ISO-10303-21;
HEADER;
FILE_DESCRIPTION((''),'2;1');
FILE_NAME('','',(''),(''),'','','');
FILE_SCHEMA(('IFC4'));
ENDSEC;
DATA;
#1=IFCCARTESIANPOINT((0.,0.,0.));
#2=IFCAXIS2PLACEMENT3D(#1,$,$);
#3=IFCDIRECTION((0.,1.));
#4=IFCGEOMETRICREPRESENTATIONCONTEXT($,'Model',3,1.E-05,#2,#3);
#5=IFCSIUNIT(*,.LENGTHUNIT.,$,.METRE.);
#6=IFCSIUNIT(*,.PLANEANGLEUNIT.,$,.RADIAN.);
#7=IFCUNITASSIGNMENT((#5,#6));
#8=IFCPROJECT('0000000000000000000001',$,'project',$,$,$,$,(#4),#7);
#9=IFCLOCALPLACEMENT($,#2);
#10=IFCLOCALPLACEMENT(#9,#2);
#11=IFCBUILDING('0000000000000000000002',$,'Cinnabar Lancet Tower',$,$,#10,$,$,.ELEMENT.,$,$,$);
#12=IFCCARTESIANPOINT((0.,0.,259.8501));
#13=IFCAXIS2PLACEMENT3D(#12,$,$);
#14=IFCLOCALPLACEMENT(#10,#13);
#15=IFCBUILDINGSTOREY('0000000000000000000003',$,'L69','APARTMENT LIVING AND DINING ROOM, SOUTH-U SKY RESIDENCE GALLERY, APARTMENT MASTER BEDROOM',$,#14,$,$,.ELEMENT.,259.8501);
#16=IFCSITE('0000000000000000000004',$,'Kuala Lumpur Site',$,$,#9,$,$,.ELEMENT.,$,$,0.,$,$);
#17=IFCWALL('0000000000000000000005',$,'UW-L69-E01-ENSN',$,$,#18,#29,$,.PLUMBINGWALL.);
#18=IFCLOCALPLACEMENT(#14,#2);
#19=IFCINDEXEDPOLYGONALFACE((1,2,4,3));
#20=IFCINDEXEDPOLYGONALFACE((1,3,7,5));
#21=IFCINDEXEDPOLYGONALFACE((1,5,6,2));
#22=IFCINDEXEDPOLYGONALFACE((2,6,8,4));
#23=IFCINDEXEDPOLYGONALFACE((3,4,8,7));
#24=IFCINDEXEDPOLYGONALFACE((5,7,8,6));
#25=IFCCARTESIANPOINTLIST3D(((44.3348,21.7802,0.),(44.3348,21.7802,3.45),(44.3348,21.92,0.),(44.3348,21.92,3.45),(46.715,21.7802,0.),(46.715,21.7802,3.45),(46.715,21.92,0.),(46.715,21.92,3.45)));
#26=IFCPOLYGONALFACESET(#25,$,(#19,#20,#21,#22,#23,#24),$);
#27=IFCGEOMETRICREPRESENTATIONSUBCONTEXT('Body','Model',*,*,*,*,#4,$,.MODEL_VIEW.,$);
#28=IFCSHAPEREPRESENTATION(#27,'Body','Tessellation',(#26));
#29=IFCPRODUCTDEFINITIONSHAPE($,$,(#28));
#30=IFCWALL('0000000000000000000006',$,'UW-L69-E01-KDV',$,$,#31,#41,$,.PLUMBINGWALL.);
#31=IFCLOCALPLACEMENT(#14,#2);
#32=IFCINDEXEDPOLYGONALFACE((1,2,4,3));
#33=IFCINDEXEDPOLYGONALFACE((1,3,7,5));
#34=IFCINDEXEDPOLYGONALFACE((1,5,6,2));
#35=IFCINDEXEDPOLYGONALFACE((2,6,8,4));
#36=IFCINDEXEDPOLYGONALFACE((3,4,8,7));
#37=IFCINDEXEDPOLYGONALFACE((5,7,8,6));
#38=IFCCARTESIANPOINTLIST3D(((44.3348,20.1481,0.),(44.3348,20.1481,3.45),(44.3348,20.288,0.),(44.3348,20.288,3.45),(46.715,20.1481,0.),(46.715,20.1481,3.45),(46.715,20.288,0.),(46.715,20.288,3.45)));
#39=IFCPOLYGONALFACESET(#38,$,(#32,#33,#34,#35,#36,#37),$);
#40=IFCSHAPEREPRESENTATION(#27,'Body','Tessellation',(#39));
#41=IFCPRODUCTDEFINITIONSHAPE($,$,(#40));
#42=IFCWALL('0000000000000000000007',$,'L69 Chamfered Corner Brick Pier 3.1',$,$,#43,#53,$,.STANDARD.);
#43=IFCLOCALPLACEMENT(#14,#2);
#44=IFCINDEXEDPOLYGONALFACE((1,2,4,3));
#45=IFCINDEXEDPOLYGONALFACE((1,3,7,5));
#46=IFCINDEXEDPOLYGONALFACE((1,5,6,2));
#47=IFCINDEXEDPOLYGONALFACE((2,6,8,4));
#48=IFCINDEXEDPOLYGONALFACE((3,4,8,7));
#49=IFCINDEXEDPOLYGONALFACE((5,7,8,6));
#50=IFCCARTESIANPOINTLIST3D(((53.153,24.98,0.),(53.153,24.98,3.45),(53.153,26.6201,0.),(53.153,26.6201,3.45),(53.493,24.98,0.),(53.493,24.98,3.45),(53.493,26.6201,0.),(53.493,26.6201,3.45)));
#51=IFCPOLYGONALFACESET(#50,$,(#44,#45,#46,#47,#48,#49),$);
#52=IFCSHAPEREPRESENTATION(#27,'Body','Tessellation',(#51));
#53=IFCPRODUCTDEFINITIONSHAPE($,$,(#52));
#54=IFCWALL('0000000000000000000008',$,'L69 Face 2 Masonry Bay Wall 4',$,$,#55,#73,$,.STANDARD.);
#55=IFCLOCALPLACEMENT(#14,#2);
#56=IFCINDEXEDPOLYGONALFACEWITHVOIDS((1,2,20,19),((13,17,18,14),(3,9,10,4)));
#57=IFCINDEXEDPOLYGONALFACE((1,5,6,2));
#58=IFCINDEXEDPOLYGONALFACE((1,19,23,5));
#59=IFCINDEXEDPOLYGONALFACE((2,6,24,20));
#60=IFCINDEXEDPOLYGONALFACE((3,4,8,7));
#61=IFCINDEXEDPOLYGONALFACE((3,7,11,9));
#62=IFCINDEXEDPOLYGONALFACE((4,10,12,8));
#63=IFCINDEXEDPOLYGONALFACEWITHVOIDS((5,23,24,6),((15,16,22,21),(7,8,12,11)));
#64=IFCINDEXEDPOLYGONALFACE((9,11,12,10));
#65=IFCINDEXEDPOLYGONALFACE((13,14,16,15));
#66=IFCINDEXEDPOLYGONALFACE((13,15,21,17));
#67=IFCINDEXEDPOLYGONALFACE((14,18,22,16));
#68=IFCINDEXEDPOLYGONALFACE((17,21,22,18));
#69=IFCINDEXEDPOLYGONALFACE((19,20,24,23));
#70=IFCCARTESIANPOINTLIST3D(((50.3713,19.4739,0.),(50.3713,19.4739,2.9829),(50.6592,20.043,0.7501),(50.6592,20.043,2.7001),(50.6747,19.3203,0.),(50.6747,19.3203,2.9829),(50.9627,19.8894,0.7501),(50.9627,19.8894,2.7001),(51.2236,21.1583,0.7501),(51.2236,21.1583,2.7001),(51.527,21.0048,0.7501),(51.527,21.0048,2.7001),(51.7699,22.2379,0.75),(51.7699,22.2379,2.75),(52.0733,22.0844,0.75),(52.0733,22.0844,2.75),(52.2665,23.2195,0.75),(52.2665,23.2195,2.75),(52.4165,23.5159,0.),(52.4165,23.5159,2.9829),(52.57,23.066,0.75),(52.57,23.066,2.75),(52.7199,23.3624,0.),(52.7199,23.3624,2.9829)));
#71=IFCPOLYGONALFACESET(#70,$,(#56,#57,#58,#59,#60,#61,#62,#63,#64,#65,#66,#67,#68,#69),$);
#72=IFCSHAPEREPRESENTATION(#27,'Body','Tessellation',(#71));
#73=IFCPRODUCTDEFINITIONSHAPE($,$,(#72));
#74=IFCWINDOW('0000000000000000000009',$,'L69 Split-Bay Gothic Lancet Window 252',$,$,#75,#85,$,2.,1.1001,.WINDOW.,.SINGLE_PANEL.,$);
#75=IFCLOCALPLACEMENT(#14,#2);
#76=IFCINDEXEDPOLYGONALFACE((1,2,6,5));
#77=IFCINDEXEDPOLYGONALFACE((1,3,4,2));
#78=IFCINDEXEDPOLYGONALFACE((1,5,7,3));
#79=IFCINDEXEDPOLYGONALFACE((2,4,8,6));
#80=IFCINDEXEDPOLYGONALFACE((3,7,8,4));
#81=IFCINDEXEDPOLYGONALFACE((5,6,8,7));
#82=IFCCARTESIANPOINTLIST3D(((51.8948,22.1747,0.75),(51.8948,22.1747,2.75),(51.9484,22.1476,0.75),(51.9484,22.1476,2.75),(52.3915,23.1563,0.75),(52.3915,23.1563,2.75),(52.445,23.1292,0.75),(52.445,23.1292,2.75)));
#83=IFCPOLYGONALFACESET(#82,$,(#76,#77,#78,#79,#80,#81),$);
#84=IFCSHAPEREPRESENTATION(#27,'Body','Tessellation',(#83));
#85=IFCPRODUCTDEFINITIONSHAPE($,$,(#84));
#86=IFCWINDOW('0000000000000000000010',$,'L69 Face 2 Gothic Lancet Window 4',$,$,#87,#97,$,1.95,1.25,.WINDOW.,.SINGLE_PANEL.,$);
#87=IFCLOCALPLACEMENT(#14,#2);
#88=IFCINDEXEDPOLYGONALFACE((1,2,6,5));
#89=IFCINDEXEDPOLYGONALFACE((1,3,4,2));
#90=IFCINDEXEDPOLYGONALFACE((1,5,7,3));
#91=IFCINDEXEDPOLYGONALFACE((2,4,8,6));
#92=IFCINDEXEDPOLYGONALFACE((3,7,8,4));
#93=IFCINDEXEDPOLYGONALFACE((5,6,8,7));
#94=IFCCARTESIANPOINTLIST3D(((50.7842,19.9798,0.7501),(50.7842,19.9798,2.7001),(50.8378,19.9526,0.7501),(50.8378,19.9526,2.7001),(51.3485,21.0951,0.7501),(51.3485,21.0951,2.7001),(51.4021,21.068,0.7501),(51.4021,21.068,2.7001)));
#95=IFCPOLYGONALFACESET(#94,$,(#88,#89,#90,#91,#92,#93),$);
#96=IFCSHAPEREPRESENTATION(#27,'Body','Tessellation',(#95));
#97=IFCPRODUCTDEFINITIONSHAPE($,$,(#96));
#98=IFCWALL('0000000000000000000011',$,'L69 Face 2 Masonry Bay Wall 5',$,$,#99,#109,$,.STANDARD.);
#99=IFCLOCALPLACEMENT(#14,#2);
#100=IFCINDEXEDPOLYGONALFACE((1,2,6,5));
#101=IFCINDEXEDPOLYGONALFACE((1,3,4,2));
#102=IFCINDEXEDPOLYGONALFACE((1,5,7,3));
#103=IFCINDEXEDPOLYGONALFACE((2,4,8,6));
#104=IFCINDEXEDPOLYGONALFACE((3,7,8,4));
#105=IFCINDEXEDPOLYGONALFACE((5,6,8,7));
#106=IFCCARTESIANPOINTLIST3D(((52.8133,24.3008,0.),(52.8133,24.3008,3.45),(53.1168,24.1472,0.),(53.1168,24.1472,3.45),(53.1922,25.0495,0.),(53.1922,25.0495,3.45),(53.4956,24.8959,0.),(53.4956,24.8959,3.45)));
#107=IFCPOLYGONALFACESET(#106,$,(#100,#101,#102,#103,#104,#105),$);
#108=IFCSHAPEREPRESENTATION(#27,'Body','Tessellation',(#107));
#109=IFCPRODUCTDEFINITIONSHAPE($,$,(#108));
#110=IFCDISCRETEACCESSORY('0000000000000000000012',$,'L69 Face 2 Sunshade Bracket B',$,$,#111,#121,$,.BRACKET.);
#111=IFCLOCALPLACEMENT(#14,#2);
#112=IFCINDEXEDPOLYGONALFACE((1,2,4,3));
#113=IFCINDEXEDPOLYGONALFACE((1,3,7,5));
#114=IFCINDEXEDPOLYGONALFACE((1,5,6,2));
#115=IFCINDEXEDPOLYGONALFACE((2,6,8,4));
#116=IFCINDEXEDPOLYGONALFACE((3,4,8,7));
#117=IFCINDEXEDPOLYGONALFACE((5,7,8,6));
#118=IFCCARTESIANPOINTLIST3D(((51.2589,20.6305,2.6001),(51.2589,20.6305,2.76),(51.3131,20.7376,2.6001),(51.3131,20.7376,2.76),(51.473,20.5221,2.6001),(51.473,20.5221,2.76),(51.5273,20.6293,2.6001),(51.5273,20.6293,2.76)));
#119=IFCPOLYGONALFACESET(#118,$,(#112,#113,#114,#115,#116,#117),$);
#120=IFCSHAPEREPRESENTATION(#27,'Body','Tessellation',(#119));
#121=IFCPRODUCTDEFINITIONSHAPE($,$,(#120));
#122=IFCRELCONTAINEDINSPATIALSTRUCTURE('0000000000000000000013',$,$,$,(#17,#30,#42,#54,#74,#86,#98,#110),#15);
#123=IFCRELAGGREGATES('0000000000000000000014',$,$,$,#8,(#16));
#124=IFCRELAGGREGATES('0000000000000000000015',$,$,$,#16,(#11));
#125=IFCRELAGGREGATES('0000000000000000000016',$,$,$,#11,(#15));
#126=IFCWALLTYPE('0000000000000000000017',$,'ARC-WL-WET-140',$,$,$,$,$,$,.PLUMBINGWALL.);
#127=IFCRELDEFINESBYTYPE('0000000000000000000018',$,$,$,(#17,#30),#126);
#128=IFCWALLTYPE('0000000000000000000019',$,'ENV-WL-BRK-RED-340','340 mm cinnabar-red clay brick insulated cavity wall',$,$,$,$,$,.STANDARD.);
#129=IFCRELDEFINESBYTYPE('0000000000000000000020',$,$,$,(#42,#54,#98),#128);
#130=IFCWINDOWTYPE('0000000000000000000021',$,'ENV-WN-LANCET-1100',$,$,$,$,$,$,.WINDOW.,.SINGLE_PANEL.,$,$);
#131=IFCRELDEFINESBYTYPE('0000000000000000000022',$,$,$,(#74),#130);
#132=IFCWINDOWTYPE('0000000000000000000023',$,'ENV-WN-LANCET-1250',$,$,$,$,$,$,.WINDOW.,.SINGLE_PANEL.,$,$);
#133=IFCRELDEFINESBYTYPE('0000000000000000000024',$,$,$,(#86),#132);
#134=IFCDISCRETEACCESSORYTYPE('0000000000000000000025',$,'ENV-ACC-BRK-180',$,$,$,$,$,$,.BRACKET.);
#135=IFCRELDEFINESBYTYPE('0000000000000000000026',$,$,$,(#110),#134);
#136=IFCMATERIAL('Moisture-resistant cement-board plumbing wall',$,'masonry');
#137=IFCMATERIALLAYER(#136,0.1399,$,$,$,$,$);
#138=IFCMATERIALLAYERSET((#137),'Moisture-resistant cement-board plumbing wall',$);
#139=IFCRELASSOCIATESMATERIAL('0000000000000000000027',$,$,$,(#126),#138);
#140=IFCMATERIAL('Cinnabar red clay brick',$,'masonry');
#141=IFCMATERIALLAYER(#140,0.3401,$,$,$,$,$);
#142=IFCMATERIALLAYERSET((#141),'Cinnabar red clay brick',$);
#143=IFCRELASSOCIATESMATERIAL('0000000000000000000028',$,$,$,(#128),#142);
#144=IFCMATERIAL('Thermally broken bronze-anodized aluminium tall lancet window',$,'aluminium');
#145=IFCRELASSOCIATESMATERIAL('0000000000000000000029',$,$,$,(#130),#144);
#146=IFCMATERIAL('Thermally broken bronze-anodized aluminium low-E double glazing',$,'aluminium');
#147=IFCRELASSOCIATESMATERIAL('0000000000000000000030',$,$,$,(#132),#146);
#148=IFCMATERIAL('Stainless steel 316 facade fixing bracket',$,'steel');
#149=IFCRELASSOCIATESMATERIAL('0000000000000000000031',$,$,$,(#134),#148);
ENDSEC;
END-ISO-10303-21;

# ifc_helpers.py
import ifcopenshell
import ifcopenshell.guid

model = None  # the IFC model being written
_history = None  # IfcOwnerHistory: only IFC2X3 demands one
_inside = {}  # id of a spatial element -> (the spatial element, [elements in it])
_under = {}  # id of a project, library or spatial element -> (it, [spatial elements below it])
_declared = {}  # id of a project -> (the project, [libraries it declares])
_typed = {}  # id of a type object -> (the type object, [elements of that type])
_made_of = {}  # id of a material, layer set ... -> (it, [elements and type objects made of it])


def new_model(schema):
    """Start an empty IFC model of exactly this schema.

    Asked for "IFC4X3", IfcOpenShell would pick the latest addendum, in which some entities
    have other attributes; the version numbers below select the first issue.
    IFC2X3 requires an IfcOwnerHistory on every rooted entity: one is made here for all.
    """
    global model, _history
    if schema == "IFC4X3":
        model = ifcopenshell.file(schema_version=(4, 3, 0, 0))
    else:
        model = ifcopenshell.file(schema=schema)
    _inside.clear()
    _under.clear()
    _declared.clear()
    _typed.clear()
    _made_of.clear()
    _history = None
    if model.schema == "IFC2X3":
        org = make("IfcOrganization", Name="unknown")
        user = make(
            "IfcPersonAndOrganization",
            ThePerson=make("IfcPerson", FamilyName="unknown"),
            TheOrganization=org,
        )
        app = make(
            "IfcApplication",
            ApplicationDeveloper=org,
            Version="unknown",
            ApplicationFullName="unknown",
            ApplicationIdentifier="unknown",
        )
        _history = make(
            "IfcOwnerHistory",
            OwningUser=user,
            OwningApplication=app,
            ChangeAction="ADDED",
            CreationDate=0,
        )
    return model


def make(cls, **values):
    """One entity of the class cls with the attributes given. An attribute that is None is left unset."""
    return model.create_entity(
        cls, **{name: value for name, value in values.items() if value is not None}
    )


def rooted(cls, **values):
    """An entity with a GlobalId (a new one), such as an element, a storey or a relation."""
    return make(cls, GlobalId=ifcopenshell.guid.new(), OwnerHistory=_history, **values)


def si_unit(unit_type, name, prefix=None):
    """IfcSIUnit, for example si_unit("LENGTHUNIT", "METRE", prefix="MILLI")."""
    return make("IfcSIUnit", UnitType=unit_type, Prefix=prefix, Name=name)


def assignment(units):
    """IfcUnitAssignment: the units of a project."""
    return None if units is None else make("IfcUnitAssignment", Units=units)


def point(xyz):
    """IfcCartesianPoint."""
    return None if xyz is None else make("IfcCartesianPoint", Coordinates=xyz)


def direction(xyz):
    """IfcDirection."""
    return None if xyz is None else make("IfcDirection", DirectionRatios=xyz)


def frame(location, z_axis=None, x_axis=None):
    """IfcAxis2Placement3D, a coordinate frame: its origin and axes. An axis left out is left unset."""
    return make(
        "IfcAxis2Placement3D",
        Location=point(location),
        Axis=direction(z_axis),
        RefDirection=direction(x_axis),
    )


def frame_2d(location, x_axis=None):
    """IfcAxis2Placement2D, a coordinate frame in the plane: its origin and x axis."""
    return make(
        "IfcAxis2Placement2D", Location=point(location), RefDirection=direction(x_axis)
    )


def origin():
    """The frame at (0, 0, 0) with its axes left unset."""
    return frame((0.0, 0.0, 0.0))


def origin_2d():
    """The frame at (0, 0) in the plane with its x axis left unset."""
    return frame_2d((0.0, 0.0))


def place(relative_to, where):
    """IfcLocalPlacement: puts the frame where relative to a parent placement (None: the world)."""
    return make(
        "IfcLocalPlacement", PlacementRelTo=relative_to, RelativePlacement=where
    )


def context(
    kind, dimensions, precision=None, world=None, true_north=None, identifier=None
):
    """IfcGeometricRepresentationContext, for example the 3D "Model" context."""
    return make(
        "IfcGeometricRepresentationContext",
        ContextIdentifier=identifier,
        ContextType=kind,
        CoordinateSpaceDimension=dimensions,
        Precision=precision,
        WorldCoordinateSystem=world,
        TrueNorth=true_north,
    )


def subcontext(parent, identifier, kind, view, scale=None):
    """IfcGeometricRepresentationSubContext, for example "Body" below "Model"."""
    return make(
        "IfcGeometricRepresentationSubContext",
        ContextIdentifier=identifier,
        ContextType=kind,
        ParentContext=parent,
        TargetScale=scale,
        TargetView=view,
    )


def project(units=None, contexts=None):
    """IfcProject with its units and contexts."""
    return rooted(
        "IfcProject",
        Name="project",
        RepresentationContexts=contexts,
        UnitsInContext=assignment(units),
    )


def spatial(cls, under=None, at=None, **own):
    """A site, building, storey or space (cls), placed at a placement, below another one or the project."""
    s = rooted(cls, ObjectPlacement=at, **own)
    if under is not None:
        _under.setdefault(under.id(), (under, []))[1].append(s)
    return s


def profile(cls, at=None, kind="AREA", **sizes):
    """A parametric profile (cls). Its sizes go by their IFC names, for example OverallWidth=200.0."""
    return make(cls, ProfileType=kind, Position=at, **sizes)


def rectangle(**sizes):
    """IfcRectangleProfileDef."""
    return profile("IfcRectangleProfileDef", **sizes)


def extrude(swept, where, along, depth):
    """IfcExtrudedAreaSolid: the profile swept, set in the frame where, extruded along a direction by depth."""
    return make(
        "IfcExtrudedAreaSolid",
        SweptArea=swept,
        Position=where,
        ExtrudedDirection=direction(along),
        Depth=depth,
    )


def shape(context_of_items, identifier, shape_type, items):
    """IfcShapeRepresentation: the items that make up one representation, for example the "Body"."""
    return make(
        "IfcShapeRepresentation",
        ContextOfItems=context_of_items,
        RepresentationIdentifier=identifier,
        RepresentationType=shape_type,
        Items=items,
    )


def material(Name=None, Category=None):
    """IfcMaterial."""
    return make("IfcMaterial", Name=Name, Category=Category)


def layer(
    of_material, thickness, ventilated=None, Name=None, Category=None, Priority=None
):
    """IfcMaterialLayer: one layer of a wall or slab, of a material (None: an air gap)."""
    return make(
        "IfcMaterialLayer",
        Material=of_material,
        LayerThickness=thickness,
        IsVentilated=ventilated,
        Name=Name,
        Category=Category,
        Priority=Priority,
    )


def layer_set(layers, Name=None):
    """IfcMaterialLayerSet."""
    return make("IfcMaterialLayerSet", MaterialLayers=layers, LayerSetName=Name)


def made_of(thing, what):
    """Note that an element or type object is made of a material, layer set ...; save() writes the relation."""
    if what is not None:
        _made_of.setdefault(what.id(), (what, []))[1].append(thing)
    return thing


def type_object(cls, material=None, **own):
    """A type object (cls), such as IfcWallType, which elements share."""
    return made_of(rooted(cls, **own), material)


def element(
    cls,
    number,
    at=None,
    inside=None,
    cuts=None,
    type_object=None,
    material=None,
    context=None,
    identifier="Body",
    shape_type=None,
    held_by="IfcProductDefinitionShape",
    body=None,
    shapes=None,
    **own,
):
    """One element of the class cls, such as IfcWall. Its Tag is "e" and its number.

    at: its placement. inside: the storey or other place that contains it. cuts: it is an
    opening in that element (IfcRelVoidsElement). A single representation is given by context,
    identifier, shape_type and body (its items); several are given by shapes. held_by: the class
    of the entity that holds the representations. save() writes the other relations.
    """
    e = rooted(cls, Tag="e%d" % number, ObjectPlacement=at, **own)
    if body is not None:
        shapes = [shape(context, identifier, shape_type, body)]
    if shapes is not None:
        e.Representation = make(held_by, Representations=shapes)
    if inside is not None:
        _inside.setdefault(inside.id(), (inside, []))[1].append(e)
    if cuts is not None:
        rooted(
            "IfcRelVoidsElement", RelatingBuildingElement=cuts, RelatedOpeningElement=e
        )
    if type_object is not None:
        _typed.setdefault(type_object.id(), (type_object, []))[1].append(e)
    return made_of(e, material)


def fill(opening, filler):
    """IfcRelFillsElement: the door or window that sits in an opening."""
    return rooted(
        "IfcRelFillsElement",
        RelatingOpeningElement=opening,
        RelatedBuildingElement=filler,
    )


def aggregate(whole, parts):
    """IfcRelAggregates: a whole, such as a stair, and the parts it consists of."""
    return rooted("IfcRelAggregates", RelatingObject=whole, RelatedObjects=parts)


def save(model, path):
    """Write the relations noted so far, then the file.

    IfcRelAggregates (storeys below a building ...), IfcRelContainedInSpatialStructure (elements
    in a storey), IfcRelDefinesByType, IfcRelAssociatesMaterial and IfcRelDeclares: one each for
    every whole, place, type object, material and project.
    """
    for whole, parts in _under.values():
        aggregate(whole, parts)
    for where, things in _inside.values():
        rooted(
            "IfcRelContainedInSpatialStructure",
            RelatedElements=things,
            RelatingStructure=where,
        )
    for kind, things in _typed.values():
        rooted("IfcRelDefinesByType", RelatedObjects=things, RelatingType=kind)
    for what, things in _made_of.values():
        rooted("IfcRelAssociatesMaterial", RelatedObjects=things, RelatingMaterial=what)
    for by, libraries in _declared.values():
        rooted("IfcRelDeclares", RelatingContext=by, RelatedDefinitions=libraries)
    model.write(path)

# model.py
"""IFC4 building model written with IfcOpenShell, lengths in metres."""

from ifc_helpers import new_model, si_unit, direction, frame, frame_2d, origin, origin_2d, place, context, subcontext, project, spatial, rectangle, extrude, material, layer, layer_set, type_object, element, fill, save


model = new_model("IFC4")

# Units and contexts
model_context = context("Model", 3, precision=1e-05, world=origin(), true_north=direction((0.0, 1.0)))
body_context = subcontext(model_context, "Body", "Model", "MODEL_VIEW")
ifc_project = project(units=[si_unit("LENGTHUNIT", "METRE"), si_unit("PLANEANGLEUNIT", "RADIAN")], contexts=[model_context])

# Site, building, storey
site_placement = place(None, origin())
site = spatial("IfcSite", under=ifc_project, at=site_placement, Name="Kuala Lumpur Site", CompositionType="ELEMENT", RefElevation=0.0)
building_placement = place(site_placement, origin())
building = spatial("IfcBuilding", under=site, at=building_placement, Name="Cinnabar Lancet Tower", CompositionType="ELEMENT")
storey_placement = place(building_placement, frame((0.0, 0.0, 259.8501)))
storey = spatial("IfcBuildingStorey", under=building, at=storey_placement, Name="L69", Description="APARTMENT LIVING AND DINING ROOM, SOUTH-U SKY RESIDENCE GALLERY, APARTMENT MASTER BEDROOM", CompositionType="ELEMENT", Elevation=259.8501)

# Shared definitions
ifc_material_1 = material(Name="Moisture-resistant cement-board plumbing wall", Category="masonry")
ifc_layer_1 = layer(ifc_material_1, 0.1399)
ifc_layer_set_1 = layer_set([ifc_layer_1], Name="Moisture-resistant cement-board plumbing wall")
wall_type_1 = type_object("IfcWallType", Name="ARC-WL-WET-140", PredefinedType="PLUMBINGWALL", material=ifc_layer_set_1)

# Walls
for number, where, z_axis, x_axis, name in (
    (1, (44.335, 21.8501, 0.0), (0.0, 0.0, 1.0), (1.0, 0.0, 0.0), "UW-L69-E01-ENSN"),
    (2, (44.335, 20.218, 0.0), (0.0, 0.0, 1.0), (1.0, 0.0, 0.0), "UW-L69-E01-KDV"),
):
    element("IfcWall", number, at=place(storey_placement, frame(where, z_axis=z_axis, x_axis=x_axis)), inside=storey, type_object=wall_type_1, Name=name, PredefinedType="PLUMBINGWALL", context=body_context, shape_type="SweptSolid", body=[
        extrude(rectangle(XDim=2.3801, YDim=0.1399, at=frame_2d((1.1899, 0.0))), origin(), (0.0, 0.0, 1.0), 3.45),
    ])
ifc_material_2 = material(Name="Cinnabar red clay brick", Category="masonry")
ifc_layer_2 = layer(ifc_material_2, 0.3401)
ifc_layer_set_2 = layer_set([ifc_layer_2], Name="Cinnabar red clay brick")
wall_type_2 = type_object("IfcWallType", Name="ENV-WL-BRK-RED-340", Description="340 mm cinnabar-red clay brick insulated cavity wall", PredefinedType="STANDARD", material=ifc_layer_set_2)
wall_1_placement = place(storey_placement, frame((53.323, 24.98, 0.0), z_axis=(0.0, 0.0, 1.0), x_axis=(0.0, 1.0, 0.0)))
element("IfcWall", 3, at=wall_1_placement, inside=storey, type_object=wall_type_2, Name="L69 Chamfered Corner Brick Pier 3.1", PredefinedType="STANDARD", context=body_context, shape_type="SweptSolid", body=[
    extrude(rectangle(XDim=1.6401, YDim=0.3401, at=frame_2d((0.8201, 0.0))), origin(), (0.0, 0.0, 1.0), 3.45),
])

# Wall, openings, windows
wall_2_placement = place(storey_placement, frame((50.5229, 19.397, 0.0), z_axis=(0.0, 0.0, 1.0), x_axis=(0.451477, 0.892283, 0.0)))
wall_2 = element("IfcWall", 4, at=wall_2_placement, inside=storey, type_object=wall_type_2, Name="L69 Face 2 Masonry Bay Wall 4", PredefinedType="STANDARD", context=body_context, shape_type="SweptSolid", body=[
    extrude(rectangle(XDim=4.53, YDim=0.3401, at=frame_2d((2.2651, 0.0))), origin(), (0.0, 0.0, 1.0), 2.9829),
])
opening_1_placement = place(wall_2_placement, frame((0.6379, 0.0, 0.75)))
opening_1 = element("IfcOpeningElement", 5, at=opening_1_placement, cuts=wall_2, PredefinedType="OPENING", context=body_context, shape_type="SweptSolid", body=[
    extrude(rectangle(XDim=1.25, YDim=1.95, at=frame_2d((0.625, 0.9751))), frame((0.0, 0.1799, 0.0), z_axis=(0.0, -1.0, 0.0), x_axis=(1.0, 0.0, 0.0)), (0.0, 0.0, 1.0), 0.3601),
])
opening_2_placement = place(wall_2_placement, frame((3.0979, 0.0, 0.75)))
opening_2 = element("IfcOpeningElement", 6, at=opening_2_placement, cuts=wall_2, PredefinedType="OPENING", context=body_context, shape_type="SweptSolid", body=[
    extrude(rectangle(XDim=1.1001, YDim=2.0, at=frame_2d((0.55, 1.0))), frame((0.0, 0.1799, 0.0), z_axis=(0.0, -1.0, 0.0), x_axis=(1.0, 0.0, 0.0)), (0.0, 0.0, 1.0), 0.3601),
])
ifc_material_3 = material(Name="Thermally broken bronze-anodized aluminium tall lancet window", Category="aluminium")
window_type_1 = type_object("IfcWindowType", Name="ENV-WN-LANCET-1100", PartitioningType="SINGLE_PANEL", PredefinedType="WINDOW", material=ifc_material_3)
window_1_placement = place(opening_2_placement, origin())
window_1 = element("IfcWindow", 7, at=window_1_placement, inside=storey, type_object=window_type_1, Name="L69 Split-Bay Gothic Lancet Window 252", OverallHeight=2.0, OverallWidth=1.1001, PartitioningType="SINGLE_PANEL", PredefinedType="WINDOW", context=body_context, shape_type="SweptSolid", body=[
    extrude(rectangle(XDim=1.1001, YDim=2.0, at=frame_2d((0.55, 1.0))), frame((0.0, 0.03, 0.0), z_axis=(0.0, -1.0, 0.0), x_axis=(1.0, 0.0, 0.0)), (0.0, 0.0, 1.0), 0.0601),
])
fill(opening_2, window_1)
ifc_material_4 = material(Name="Thermally broken bronze-anodized aluminium low-E double glazing", Category="aluminium")
window_type_2 = type_object("IfcWindowType", Name="ENV-WN-LANCET-1250", PartitioningType="SINGLE_PANEL", PredefinedType="WINDOW", material=ifc_material_4)
window_2_placement = place(opening_1_placement, origin())
window_2 = element("IfcWindow", 8, at=window_2_placement, inside=storey, type_object=window_type_2, Name="L69 Face 2 Gothic Lancet Window 4", OverallHeight=1.95, OverallWidth=1.25, PartitioningType="SINGLE_PANEL", PredefinedType="WINDOW", context=body_context, shape_type="SweptSolid", body=[
    extrude(rectangle(XDim=1.25, YDim=1.95, at=frame_2d((0.625, 0.9751))), frame((0.0, 0.03, 0.0), z_axis=(0.0, -1.0, 0.0), x_axis=(1.0, 0.0, 0.0)), (0.0, 0.0, 1.0), 0.0601),
])
fill(opening_1, window_2)

# Wall
wall_3_placement = place(storey_placement, frame((52.9651, 24.2241, 0.0), z_axis=(0.0, 0.0, 1.0), x_axis=(0.451514, 0.892264, 0.0)))
element("IfcWall", 9, at=wall_3_placement, inside=storey, type_object=wall_type_2, Name="L69 Face 2 Masonry Bay Wall 5", PredefinedType="STANDARD", context=body_context, shape_type="SweptSolid", body=[
    extrude(rectangle(XDim=0.8391, YDim=0.3401, at=frame_2d((0.4194, 0.0))), origin(), (0.0, 0.0, 1.0), 3.45),
])

# Discrete accessory
ifc_material_5 = material(Name="Stainless steel 316 facade fixing bracket", Category="steel")
discrete_accessory_type = type_object("IfcDiscreteAccessoryType", Name="ENV-ACC-BRK-180", PredefinedType="BRACKET", material=ifc_material_5)
discrete_accessory_placement = place(storey_placement, frame((51.3931, 20.6299, 2.6001), z_axis=(0.0, 0.0, 1.0), x_axis=(0.451376, 0.892334, 0.0)))
element("IfcDiscreteAccessory", 10, at=discrete_accessory_placement, inside=storey, type_object=discrete_accessory_type, Name="L69 Face 2 Sunshade Bracket B", PredefinedType="BRACKET", context=body_context, shape_type="SweptSolid", body=[
    extrude(rectangle(XDim=0.1201, YDim=0.24, at=origin_2d()), origin(), (0.0, 0.0, 1.0), 0.1599),
])

save(model, "model.ifc")
